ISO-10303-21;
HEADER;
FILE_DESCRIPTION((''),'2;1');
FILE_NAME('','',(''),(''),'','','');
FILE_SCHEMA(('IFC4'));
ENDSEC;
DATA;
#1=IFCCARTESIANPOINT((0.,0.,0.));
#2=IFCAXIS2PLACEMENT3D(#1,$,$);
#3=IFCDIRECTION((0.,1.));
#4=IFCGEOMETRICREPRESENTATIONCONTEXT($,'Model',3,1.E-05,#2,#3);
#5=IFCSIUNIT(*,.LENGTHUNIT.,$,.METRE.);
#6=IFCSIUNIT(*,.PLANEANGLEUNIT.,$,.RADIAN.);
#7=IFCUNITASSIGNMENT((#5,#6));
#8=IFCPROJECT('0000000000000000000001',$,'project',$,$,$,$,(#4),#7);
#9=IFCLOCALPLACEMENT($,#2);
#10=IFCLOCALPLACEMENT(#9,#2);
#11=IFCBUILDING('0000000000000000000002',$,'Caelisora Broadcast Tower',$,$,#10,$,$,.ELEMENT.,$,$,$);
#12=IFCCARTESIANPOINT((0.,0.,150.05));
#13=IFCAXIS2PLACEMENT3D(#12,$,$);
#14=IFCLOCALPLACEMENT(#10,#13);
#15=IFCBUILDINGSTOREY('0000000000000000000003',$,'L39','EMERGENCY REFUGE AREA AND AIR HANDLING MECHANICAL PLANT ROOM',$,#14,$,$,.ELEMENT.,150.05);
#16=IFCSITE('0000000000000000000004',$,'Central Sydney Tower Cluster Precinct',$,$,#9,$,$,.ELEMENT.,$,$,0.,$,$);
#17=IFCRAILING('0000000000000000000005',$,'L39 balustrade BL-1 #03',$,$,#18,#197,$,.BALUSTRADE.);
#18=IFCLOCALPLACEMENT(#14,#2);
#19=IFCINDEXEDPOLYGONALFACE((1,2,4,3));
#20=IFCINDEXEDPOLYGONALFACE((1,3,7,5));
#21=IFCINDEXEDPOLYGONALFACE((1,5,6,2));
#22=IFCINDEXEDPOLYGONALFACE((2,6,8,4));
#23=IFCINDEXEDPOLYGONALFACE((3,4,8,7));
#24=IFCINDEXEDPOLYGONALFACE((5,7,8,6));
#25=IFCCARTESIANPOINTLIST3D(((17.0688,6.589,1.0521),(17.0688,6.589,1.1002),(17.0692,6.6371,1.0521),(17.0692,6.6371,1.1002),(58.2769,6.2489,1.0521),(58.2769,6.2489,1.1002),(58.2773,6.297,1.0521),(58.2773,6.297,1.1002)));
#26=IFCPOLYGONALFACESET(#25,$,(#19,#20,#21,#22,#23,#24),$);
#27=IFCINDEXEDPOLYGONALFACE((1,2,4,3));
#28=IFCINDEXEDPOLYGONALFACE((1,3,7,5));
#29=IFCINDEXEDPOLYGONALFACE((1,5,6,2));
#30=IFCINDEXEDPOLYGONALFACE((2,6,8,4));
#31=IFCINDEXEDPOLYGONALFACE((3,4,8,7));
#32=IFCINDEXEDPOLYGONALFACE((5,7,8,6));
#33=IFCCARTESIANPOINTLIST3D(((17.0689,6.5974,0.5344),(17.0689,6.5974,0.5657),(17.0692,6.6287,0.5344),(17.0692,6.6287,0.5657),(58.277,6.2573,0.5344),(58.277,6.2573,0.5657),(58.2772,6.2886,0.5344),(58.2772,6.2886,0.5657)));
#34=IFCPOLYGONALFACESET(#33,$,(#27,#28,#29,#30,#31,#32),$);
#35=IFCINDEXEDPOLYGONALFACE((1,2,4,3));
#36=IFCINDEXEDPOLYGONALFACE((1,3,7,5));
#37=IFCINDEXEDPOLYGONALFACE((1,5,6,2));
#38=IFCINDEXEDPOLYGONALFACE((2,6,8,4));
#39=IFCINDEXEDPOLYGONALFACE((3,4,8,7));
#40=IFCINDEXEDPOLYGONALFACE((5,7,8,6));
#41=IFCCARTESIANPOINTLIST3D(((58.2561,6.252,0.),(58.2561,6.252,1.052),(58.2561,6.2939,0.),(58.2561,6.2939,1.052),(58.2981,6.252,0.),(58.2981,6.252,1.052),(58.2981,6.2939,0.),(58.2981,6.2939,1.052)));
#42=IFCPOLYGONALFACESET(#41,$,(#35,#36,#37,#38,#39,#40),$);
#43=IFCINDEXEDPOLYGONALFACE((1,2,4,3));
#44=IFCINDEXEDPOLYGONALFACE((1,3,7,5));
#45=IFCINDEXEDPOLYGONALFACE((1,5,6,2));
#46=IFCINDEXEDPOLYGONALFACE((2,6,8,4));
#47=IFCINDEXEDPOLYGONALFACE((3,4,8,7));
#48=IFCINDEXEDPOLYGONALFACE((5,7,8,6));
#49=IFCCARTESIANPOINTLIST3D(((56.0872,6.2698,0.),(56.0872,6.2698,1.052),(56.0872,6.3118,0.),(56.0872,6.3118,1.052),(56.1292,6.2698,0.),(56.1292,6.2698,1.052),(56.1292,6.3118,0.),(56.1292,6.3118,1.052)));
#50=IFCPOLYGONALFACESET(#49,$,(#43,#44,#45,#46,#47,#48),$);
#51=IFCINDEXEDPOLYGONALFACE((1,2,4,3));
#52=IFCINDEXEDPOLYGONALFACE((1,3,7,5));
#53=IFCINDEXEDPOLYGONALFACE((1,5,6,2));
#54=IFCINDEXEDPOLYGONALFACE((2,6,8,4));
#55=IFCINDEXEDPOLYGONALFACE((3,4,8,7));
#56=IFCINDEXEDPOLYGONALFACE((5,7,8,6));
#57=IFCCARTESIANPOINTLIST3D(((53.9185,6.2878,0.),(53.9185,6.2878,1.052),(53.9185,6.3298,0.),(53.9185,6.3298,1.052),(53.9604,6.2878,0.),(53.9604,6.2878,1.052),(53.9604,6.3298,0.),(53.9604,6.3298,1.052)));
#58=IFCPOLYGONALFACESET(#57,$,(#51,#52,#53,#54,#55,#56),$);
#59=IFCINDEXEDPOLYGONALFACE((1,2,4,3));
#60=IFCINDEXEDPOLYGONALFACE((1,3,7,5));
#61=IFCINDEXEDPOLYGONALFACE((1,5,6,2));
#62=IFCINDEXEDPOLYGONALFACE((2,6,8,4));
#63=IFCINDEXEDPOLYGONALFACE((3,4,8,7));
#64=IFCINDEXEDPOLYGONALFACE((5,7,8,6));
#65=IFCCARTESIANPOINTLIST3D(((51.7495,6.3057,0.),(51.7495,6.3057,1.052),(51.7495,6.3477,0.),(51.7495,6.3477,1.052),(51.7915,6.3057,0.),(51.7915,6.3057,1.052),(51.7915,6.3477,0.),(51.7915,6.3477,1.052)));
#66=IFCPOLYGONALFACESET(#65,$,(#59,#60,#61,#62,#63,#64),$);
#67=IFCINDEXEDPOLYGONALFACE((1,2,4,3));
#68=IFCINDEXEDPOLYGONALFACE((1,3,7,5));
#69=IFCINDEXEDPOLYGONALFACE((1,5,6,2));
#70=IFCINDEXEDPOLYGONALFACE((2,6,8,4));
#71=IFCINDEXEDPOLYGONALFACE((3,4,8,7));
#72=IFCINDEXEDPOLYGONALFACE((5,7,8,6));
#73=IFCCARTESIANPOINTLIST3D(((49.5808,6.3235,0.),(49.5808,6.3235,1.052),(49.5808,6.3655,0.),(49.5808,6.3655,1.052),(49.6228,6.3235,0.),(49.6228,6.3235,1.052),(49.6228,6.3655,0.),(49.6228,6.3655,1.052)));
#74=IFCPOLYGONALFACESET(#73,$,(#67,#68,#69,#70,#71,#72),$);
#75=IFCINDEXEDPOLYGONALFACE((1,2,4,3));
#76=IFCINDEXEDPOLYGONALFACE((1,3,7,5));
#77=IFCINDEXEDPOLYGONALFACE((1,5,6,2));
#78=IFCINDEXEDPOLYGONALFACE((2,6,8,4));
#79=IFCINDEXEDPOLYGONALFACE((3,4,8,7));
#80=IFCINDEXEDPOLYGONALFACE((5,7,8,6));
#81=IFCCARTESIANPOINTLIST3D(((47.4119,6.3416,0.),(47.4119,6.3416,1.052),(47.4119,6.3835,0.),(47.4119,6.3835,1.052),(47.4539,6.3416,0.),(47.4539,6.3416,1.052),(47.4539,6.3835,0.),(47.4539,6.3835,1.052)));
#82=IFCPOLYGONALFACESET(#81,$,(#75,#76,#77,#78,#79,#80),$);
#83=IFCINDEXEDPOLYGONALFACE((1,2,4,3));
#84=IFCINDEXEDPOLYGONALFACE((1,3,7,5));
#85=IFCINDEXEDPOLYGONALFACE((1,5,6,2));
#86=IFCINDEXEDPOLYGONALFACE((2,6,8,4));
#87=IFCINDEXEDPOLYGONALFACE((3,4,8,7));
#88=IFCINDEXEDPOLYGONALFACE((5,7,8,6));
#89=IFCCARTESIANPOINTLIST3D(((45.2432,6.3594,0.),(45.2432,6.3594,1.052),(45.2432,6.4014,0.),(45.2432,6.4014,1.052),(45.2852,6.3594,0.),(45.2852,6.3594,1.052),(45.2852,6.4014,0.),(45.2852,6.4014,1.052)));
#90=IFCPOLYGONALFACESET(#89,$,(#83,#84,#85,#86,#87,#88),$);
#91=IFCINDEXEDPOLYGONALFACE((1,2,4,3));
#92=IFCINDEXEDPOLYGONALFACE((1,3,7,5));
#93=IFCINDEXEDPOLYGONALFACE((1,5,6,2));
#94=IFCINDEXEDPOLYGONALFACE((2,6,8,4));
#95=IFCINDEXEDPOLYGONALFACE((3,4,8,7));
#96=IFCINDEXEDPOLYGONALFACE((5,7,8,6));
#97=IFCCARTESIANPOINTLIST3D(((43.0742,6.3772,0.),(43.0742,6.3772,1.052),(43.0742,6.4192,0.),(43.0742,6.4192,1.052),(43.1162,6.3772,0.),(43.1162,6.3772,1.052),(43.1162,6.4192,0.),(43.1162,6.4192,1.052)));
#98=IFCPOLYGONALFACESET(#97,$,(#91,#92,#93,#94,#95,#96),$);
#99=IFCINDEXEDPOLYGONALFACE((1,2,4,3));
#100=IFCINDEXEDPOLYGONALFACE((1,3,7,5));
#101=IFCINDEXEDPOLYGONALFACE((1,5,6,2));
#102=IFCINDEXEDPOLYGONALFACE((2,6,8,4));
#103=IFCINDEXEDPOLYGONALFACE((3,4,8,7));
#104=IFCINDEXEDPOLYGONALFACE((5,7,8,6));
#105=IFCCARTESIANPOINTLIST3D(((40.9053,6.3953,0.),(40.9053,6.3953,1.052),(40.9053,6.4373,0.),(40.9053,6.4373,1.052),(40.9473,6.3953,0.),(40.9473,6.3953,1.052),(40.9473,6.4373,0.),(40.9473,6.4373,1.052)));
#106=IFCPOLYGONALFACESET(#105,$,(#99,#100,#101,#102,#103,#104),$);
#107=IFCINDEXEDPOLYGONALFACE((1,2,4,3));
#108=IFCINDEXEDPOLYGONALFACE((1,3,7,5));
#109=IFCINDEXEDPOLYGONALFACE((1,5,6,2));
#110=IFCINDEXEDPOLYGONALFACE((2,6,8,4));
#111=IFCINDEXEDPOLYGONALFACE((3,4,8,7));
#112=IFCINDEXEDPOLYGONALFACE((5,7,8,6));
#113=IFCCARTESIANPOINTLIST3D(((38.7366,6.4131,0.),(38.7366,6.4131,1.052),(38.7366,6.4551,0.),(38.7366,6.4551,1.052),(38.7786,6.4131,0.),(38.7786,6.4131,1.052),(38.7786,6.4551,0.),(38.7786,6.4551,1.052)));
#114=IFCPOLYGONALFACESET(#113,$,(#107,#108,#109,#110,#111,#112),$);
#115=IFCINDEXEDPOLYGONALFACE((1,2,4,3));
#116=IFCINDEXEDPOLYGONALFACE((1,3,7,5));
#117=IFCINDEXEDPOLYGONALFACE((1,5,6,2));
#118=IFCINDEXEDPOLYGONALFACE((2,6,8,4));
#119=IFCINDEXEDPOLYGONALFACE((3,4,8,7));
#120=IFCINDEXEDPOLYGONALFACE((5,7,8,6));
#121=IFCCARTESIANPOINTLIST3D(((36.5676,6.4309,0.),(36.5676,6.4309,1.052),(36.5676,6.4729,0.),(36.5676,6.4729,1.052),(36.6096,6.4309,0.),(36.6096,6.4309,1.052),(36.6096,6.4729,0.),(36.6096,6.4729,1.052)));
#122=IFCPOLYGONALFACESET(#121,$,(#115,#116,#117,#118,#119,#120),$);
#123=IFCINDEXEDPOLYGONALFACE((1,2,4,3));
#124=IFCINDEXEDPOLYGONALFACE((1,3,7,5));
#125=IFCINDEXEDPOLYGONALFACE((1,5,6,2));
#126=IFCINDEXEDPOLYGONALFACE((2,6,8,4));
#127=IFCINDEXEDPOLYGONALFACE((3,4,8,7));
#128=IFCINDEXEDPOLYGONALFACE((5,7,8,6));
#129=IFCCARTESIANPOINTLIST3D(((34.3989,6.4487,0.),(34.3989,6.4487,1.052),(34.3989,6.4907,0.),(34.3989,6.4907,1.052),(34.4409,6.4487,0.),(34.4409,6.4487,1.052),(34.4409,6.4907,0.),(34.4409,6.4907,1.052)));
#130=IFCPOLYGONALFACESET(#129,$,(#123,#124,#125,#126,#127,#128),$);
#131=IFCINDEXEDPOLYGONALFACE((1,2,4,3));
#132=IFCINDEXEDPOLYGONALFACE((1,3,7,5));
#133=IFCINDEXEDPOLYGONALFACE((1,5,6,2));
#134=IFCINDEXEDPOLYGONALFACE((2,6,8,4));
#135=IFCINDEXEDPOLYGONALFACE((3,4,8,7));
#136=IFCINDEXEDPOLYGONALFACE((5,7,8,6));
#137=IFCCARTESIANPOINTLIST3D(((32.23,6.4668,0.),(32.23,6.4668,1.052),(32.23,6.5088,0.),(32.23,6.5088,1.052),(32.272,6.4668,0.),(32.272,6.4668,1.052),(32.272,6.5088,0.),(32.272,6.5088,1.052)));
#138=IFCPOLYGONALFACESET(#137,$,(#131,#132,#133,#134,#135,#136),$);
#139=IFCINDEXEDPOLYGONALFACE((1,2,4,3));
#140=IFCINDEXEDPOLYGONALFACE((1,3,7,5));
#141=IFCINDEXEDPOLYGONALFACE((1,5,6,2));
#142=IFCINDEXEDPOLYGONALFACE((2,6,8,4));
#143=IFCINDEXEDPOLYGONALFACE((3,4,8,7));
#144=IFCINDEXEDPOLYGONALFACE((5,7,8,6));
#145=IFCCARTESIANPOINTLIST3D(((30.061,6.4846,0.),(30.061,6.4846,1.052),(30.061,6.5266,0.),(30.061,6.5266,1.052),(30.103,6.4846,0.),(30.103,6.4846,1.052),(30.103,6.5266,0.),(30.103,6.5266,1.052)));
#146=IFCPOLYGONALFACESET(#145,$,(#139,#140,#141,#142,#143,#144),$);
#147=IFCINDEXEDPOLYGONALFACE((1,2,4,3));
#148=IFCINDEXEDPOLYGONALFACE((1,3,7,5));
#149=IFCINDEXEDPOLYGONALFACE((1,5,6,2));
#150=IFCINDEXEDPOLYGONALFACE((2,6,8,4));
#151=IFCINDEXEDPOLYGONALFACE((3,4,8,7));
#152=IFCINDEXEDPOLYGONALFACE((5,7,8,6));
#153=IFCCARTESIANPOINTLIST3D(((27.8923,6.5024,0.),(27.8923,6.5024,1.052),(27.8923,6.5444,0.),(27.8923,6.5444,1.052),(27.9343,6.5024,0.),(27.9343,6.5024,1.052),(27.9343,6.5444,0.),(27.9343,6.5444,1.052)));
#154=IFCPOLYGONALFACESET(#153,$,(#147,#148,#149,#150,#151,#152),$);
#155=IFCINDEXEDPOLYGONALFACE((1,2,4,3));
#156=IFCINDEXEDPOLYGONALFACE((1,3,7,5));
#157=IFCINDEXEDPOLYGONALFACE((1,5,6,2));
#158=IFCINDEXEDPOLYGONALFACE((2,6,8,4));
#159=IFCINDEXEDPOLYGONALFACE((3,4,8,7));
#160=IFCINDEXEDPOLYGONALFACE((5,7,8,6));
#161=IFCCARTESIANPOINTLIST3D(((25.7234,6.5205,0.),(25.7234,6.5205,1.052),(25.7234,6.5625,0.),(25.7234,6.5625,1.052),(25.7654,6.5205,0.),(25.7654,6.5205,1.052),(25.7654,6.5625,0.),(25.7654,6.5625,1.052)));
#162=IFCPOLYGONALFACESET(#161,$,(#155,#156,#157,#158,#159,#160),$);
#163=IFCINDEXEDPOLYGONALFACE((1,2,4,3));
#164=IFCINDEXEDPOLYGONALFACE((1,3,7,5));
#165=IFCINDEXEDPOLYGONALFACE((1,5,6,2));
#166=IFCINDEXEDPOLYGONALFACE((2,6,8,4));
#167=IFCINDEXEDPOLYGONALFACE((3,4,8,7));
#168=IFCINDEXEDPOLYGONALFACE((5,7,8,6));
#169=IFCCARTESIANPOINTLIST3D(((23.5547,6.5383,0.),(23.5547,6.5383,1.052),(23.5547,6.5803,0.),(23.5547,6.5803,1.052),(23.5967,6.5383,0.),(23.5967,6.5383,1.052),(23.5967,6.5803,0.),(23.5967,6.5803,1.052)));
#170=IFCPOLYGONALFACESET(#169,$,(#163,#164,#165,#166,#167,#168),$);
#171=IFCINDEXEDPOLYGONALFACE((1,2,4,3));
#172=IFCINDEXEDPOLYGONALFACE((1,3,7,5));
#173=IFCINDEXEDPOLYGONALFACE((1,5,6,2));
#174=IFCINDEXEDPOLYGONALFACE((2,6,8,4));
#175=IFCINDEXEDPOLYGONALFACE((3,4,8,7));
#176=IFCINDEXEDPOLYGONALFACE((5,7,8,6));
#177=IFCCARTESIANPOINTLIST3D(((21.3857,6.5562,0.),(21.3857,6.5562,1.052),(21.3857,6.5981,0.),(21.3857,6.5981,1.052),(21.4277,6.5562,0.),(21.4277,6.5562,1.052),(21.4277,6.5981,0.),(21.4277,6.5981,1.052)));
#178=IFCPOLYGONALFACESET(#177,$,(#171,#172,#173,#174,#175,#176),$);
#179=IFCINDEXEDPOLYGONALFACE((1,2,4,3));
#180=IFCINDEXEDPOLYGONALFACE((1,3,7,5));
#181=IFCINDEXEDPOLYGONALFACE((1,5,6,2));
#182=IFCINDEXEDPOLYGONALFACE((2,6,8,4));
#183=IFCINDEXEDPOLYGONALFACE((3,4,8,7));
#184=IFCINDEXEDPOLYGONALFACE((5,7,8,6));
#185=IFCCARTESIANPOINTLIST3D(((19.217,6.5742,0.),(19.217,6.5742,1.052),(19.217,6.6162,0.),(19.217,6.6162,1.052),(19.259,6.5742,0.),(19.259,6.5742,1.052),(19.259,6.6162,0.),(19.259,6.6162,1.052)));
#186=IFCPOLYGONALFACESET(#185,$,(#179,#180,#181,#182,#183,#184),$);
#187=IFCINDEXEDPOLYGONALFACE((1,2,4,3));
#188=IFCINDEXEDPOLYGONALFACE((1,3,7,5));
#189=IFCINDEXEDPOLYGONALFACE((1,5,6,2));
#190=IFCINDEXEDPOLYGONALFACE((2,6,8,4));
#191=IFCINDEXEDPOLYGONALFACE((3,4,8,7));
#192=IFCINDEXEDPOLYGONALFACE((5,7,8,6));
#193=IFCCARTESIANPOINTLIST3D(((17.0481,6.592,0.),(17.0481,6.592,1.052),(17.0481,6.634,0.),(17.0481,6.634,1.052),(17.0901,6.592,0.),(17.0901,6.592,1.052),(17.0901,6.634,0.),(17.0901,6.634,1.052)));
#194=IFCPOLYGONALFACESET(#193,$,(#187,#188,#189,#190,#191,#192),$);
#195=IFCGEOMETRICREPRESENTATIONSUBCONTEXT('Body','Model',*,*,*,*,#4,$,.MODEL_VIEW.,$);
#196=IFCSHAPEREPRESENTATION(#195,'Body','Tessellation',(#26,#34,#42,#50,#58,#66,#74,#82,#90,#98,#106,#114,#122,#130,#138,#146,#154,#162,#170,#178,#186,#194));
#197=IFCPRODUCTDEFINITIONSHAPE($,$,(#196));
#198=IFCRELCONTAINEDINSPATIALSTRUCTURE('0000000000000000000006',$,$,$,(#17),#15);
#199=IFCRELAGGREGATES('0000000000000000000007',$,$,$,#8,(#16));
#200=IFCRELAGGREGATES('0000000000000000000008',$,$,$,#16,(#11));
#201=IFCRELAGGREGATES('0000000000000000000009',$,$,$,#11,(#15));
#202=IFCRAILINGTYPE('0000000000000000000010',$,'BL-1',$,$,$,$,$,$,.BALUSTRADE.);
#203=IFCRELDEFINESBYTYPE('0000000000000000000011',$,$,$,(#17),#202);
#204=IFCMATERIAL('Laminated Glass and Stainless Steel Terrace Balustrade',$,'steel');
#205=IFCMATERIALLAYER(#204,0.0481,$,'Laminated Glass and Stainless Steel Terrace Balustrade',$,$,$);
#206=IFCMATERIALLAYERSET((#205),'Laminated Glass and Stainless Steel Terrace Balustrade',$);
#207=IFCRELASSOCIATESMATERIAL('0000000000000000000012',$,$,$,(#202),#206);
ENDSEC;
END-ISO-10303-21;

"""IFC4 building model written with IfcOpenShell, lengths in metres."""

from ifc_helpers import new_model, si_unit, direction, frame, origin, origin_2d, place, context, subcontext, project, spatial, rectangle, extrude, material, layer, layer_set, type_object, element, save


model = new_model("IFC4")

# Units and contexts
model_context = context("Model", 3, precision=1e-05, world=origin(), true_north=direction((0.0, 1.0)))
body_context = subcontext(model_context, "Body", "Model", "MODEL_VIEW")
ifc_project = project(units=[si_unit("LENGTHUNIT", "METRE"), si_unit("PLANEANGLEUNIT", "RADIAN")], contexts=[model_context])

# Site, building, storey
site_placement = place(None, origin())
site = spatial("IfcSite", under=ifc_project, at=site_placement, Name="Central Sydney Tower Cluster Precinct", CompositionType="ELEMENT", RefElevation=0.0)
building_placement = place(site_placement, origin())
building = spatial("IfcBuilding", under=site, at=building_placement, Name="Caelisora Broadcast Tower", CompositionType="ELEMENT")
storey_placement = place(building_placement, frame((0.0, 0.0, 150.05)))
storey = spatial("IfcBuildingStorey", under=building, at=storey_placement, Name="L39", Description="EMERGENCY REFUGE AREA AND AIR HANDLING MECHANICAL PLANT ROOM", CompositionType="ELEMENT", Elevation=150.05)

# Railing
ifc_material_1 = material(Name="Laminated Glass and Stainless Steel Terrace Balustrade", Category="steel")
ifc_layer_1 = layer(ifc_material_1, 0.0481, Name="Laminated Glass and Stainless Steel Terrace Balustrade")
ifc_layer_set_1 = layer_set([ifc_layer_1], Name="Laminated Glass and Stainless Steel Terrace Balustrade")
railing_type = type_object("IfcRailingType", Name="BL-1", PredefinedType="BALUSTRADE", material=ifc_layer_set_1)
railing_1_placement = place(storey_placement, frame((58.2771, 6.2729, 0.0)))
element("IfcRailing", 1, at=railing_1_placement, inside=storey, type_object=railing_type, Name="L39 balustrade BL-1 #03", PredefinedType="BALUSTRADE", context=body_context, shape_type="SweptSolid", body=[
    extrude(rectangle(XDim=0.0481, YDim=0.0481, at=origin_2d()), frame((0.0, 0.0, 1.0762), z_axis=(-0.999966, 0.008253, 0.0), x_axis=(-0.008253, -0.999966, 0.0)), (0.0, 0.0, 1.0), 41.2095),
    extrude(rectangle(XDim=0.0312, YDim=0.0312, at=origin_2d()), frame((0.0, 0.0, 0.55), z_axis=(-0.999966, 0.008253, 0.0), x_axis=(-0.008253, -0.999966, 0.0)), (0.0, 0.0, 1.0), 41.2095),
    extrude(rectangle(XDim=0.042, YDim=0.042, at=origin_2d()), origin(), (0.0, 0.0, 1.0), 1.052),
    extrude(rectangle(XDim=0.042, YDim=0.042, at=origin_2d()), frame((-2.1689, 0.0178, 0.0)), (0.0, 0.0, 1.0), 1.052),
    extrude(rectangle(XDim=0.042, YDim=0.042, at=origin_2d()), frame((-4.3376, 0.0359, 0.0)), (0.0, 0.0, 1.0), 1.052),
    extrude(rectangle(XDim=0.042, YDim=0.042, at=origin_2d()), frame((-6.5066, 0.0537, 0.0)), (0.0, 0.0, 1.0), 1.052),
    extrude(rectangle(XDim=0.042, YDim=0.042, at=origin_2d()), frame((-8.6753, 0.0715, 0.0)), (0.0, 0.0, 1.0), 1.052),
    extrude(rectangle(XDim=0.042, YDim=0.042, at=origin_2d()), frame((-10.8442, 0.0896, 0.0)), (0.0, 0.0, 1.0), 1.052),
    extrude(rectangle(XDim=0.042, YDim=0.042, at=origin_2d()), frame((-13.0129, 0.1074, 0.0)), (0.0, 0.0, 1.0), 1.052),
    extrude(rectangle(XDim=0.042, YDim=0.042, at=origin_2d()), frame((-15.1819, 0.1252, 0.0)), (0.0, 0.0, 1.0), 1.052),
    extrude(rectangle(XDim=0.042, YDim=0.042, at=origin_2d()), frame((-17.3508, 0.1433, 0.0)), (0.0, 0.0, 1.0), 1.052),
    extrude(rectangle(XDim=0.042, YDim=0.042, at=origin_2d()), frame((-19.5195, 0.1611, 0.0)), (0.0, 0.0, 1.0), 1.052),
    extrude(rectangle(XDim=0.042, YDim=0.042, at=origin_2d()), frame((-21.6885, 0.179, 0.0)), (0.0, 0.0, 1.0), 1.052),
    extrude(rectangle(XDim=0.042, YDim=0.042, at=origin_2d()), frame((-23.8572, 0.1968, 0.0)), (0.0, 0.0, 1.0), 1.052),
    extrude(rectangle(XDim=0.042, YDim=0.042, at=origin_2d()), frame((-26.0261, 0.2148, 0.0)), (0.0, 0.0, 1.0), 1.052),
    extrude(rectangle(XDim=0.042, YDim=0.042, at=origin_2d()), frame((-28.1951, 0.2327, 0.0)), (0.0, 0.0, 1.0), 1.052),
    extrude(rectangle(XDim=0.042, YDim=0.042, at=origin_2d()), frame((-30.3638, 0.2505, 0.0)), (0.0, 0.0, 1.0), 1.052),
    extrude(rectangle(XDim=0.042, YDim=0.042, at=origin_2d()), frame((-32.5327, 0.2686, 0.0)), (0.0, 0.0, 1.0), 1.052),
    extrude(rectangle(XDim=0.042, YDim=0.042, at=origin_2d()), frame((-34.7014, 0.2864, 0.0)), (0.0, 0.0, 1.0), 1.052),
    extrude(rectangle(XDim=0.042, YDim=0.042, at=origin_2d()), frame((-36.8704, 0.3042, 0.0)), (0.0, 0.0, 1.0), 1.052),
    extrude(rectangle(XDim=0.042, YDim=0.042, at=origin_2d()), frame((-39.0391, 0.3223, 0.0)), (0.0, 0.0, 1.0), 1.052),
    extrude(rectangle(XDim=0.042, YDim=0.042, at=origin_2d()), frame((-41.208, 0.3401, 0.0)), (0.0, 0.0, 1.0), 1.052),
])

save(model, "model.ifc")
